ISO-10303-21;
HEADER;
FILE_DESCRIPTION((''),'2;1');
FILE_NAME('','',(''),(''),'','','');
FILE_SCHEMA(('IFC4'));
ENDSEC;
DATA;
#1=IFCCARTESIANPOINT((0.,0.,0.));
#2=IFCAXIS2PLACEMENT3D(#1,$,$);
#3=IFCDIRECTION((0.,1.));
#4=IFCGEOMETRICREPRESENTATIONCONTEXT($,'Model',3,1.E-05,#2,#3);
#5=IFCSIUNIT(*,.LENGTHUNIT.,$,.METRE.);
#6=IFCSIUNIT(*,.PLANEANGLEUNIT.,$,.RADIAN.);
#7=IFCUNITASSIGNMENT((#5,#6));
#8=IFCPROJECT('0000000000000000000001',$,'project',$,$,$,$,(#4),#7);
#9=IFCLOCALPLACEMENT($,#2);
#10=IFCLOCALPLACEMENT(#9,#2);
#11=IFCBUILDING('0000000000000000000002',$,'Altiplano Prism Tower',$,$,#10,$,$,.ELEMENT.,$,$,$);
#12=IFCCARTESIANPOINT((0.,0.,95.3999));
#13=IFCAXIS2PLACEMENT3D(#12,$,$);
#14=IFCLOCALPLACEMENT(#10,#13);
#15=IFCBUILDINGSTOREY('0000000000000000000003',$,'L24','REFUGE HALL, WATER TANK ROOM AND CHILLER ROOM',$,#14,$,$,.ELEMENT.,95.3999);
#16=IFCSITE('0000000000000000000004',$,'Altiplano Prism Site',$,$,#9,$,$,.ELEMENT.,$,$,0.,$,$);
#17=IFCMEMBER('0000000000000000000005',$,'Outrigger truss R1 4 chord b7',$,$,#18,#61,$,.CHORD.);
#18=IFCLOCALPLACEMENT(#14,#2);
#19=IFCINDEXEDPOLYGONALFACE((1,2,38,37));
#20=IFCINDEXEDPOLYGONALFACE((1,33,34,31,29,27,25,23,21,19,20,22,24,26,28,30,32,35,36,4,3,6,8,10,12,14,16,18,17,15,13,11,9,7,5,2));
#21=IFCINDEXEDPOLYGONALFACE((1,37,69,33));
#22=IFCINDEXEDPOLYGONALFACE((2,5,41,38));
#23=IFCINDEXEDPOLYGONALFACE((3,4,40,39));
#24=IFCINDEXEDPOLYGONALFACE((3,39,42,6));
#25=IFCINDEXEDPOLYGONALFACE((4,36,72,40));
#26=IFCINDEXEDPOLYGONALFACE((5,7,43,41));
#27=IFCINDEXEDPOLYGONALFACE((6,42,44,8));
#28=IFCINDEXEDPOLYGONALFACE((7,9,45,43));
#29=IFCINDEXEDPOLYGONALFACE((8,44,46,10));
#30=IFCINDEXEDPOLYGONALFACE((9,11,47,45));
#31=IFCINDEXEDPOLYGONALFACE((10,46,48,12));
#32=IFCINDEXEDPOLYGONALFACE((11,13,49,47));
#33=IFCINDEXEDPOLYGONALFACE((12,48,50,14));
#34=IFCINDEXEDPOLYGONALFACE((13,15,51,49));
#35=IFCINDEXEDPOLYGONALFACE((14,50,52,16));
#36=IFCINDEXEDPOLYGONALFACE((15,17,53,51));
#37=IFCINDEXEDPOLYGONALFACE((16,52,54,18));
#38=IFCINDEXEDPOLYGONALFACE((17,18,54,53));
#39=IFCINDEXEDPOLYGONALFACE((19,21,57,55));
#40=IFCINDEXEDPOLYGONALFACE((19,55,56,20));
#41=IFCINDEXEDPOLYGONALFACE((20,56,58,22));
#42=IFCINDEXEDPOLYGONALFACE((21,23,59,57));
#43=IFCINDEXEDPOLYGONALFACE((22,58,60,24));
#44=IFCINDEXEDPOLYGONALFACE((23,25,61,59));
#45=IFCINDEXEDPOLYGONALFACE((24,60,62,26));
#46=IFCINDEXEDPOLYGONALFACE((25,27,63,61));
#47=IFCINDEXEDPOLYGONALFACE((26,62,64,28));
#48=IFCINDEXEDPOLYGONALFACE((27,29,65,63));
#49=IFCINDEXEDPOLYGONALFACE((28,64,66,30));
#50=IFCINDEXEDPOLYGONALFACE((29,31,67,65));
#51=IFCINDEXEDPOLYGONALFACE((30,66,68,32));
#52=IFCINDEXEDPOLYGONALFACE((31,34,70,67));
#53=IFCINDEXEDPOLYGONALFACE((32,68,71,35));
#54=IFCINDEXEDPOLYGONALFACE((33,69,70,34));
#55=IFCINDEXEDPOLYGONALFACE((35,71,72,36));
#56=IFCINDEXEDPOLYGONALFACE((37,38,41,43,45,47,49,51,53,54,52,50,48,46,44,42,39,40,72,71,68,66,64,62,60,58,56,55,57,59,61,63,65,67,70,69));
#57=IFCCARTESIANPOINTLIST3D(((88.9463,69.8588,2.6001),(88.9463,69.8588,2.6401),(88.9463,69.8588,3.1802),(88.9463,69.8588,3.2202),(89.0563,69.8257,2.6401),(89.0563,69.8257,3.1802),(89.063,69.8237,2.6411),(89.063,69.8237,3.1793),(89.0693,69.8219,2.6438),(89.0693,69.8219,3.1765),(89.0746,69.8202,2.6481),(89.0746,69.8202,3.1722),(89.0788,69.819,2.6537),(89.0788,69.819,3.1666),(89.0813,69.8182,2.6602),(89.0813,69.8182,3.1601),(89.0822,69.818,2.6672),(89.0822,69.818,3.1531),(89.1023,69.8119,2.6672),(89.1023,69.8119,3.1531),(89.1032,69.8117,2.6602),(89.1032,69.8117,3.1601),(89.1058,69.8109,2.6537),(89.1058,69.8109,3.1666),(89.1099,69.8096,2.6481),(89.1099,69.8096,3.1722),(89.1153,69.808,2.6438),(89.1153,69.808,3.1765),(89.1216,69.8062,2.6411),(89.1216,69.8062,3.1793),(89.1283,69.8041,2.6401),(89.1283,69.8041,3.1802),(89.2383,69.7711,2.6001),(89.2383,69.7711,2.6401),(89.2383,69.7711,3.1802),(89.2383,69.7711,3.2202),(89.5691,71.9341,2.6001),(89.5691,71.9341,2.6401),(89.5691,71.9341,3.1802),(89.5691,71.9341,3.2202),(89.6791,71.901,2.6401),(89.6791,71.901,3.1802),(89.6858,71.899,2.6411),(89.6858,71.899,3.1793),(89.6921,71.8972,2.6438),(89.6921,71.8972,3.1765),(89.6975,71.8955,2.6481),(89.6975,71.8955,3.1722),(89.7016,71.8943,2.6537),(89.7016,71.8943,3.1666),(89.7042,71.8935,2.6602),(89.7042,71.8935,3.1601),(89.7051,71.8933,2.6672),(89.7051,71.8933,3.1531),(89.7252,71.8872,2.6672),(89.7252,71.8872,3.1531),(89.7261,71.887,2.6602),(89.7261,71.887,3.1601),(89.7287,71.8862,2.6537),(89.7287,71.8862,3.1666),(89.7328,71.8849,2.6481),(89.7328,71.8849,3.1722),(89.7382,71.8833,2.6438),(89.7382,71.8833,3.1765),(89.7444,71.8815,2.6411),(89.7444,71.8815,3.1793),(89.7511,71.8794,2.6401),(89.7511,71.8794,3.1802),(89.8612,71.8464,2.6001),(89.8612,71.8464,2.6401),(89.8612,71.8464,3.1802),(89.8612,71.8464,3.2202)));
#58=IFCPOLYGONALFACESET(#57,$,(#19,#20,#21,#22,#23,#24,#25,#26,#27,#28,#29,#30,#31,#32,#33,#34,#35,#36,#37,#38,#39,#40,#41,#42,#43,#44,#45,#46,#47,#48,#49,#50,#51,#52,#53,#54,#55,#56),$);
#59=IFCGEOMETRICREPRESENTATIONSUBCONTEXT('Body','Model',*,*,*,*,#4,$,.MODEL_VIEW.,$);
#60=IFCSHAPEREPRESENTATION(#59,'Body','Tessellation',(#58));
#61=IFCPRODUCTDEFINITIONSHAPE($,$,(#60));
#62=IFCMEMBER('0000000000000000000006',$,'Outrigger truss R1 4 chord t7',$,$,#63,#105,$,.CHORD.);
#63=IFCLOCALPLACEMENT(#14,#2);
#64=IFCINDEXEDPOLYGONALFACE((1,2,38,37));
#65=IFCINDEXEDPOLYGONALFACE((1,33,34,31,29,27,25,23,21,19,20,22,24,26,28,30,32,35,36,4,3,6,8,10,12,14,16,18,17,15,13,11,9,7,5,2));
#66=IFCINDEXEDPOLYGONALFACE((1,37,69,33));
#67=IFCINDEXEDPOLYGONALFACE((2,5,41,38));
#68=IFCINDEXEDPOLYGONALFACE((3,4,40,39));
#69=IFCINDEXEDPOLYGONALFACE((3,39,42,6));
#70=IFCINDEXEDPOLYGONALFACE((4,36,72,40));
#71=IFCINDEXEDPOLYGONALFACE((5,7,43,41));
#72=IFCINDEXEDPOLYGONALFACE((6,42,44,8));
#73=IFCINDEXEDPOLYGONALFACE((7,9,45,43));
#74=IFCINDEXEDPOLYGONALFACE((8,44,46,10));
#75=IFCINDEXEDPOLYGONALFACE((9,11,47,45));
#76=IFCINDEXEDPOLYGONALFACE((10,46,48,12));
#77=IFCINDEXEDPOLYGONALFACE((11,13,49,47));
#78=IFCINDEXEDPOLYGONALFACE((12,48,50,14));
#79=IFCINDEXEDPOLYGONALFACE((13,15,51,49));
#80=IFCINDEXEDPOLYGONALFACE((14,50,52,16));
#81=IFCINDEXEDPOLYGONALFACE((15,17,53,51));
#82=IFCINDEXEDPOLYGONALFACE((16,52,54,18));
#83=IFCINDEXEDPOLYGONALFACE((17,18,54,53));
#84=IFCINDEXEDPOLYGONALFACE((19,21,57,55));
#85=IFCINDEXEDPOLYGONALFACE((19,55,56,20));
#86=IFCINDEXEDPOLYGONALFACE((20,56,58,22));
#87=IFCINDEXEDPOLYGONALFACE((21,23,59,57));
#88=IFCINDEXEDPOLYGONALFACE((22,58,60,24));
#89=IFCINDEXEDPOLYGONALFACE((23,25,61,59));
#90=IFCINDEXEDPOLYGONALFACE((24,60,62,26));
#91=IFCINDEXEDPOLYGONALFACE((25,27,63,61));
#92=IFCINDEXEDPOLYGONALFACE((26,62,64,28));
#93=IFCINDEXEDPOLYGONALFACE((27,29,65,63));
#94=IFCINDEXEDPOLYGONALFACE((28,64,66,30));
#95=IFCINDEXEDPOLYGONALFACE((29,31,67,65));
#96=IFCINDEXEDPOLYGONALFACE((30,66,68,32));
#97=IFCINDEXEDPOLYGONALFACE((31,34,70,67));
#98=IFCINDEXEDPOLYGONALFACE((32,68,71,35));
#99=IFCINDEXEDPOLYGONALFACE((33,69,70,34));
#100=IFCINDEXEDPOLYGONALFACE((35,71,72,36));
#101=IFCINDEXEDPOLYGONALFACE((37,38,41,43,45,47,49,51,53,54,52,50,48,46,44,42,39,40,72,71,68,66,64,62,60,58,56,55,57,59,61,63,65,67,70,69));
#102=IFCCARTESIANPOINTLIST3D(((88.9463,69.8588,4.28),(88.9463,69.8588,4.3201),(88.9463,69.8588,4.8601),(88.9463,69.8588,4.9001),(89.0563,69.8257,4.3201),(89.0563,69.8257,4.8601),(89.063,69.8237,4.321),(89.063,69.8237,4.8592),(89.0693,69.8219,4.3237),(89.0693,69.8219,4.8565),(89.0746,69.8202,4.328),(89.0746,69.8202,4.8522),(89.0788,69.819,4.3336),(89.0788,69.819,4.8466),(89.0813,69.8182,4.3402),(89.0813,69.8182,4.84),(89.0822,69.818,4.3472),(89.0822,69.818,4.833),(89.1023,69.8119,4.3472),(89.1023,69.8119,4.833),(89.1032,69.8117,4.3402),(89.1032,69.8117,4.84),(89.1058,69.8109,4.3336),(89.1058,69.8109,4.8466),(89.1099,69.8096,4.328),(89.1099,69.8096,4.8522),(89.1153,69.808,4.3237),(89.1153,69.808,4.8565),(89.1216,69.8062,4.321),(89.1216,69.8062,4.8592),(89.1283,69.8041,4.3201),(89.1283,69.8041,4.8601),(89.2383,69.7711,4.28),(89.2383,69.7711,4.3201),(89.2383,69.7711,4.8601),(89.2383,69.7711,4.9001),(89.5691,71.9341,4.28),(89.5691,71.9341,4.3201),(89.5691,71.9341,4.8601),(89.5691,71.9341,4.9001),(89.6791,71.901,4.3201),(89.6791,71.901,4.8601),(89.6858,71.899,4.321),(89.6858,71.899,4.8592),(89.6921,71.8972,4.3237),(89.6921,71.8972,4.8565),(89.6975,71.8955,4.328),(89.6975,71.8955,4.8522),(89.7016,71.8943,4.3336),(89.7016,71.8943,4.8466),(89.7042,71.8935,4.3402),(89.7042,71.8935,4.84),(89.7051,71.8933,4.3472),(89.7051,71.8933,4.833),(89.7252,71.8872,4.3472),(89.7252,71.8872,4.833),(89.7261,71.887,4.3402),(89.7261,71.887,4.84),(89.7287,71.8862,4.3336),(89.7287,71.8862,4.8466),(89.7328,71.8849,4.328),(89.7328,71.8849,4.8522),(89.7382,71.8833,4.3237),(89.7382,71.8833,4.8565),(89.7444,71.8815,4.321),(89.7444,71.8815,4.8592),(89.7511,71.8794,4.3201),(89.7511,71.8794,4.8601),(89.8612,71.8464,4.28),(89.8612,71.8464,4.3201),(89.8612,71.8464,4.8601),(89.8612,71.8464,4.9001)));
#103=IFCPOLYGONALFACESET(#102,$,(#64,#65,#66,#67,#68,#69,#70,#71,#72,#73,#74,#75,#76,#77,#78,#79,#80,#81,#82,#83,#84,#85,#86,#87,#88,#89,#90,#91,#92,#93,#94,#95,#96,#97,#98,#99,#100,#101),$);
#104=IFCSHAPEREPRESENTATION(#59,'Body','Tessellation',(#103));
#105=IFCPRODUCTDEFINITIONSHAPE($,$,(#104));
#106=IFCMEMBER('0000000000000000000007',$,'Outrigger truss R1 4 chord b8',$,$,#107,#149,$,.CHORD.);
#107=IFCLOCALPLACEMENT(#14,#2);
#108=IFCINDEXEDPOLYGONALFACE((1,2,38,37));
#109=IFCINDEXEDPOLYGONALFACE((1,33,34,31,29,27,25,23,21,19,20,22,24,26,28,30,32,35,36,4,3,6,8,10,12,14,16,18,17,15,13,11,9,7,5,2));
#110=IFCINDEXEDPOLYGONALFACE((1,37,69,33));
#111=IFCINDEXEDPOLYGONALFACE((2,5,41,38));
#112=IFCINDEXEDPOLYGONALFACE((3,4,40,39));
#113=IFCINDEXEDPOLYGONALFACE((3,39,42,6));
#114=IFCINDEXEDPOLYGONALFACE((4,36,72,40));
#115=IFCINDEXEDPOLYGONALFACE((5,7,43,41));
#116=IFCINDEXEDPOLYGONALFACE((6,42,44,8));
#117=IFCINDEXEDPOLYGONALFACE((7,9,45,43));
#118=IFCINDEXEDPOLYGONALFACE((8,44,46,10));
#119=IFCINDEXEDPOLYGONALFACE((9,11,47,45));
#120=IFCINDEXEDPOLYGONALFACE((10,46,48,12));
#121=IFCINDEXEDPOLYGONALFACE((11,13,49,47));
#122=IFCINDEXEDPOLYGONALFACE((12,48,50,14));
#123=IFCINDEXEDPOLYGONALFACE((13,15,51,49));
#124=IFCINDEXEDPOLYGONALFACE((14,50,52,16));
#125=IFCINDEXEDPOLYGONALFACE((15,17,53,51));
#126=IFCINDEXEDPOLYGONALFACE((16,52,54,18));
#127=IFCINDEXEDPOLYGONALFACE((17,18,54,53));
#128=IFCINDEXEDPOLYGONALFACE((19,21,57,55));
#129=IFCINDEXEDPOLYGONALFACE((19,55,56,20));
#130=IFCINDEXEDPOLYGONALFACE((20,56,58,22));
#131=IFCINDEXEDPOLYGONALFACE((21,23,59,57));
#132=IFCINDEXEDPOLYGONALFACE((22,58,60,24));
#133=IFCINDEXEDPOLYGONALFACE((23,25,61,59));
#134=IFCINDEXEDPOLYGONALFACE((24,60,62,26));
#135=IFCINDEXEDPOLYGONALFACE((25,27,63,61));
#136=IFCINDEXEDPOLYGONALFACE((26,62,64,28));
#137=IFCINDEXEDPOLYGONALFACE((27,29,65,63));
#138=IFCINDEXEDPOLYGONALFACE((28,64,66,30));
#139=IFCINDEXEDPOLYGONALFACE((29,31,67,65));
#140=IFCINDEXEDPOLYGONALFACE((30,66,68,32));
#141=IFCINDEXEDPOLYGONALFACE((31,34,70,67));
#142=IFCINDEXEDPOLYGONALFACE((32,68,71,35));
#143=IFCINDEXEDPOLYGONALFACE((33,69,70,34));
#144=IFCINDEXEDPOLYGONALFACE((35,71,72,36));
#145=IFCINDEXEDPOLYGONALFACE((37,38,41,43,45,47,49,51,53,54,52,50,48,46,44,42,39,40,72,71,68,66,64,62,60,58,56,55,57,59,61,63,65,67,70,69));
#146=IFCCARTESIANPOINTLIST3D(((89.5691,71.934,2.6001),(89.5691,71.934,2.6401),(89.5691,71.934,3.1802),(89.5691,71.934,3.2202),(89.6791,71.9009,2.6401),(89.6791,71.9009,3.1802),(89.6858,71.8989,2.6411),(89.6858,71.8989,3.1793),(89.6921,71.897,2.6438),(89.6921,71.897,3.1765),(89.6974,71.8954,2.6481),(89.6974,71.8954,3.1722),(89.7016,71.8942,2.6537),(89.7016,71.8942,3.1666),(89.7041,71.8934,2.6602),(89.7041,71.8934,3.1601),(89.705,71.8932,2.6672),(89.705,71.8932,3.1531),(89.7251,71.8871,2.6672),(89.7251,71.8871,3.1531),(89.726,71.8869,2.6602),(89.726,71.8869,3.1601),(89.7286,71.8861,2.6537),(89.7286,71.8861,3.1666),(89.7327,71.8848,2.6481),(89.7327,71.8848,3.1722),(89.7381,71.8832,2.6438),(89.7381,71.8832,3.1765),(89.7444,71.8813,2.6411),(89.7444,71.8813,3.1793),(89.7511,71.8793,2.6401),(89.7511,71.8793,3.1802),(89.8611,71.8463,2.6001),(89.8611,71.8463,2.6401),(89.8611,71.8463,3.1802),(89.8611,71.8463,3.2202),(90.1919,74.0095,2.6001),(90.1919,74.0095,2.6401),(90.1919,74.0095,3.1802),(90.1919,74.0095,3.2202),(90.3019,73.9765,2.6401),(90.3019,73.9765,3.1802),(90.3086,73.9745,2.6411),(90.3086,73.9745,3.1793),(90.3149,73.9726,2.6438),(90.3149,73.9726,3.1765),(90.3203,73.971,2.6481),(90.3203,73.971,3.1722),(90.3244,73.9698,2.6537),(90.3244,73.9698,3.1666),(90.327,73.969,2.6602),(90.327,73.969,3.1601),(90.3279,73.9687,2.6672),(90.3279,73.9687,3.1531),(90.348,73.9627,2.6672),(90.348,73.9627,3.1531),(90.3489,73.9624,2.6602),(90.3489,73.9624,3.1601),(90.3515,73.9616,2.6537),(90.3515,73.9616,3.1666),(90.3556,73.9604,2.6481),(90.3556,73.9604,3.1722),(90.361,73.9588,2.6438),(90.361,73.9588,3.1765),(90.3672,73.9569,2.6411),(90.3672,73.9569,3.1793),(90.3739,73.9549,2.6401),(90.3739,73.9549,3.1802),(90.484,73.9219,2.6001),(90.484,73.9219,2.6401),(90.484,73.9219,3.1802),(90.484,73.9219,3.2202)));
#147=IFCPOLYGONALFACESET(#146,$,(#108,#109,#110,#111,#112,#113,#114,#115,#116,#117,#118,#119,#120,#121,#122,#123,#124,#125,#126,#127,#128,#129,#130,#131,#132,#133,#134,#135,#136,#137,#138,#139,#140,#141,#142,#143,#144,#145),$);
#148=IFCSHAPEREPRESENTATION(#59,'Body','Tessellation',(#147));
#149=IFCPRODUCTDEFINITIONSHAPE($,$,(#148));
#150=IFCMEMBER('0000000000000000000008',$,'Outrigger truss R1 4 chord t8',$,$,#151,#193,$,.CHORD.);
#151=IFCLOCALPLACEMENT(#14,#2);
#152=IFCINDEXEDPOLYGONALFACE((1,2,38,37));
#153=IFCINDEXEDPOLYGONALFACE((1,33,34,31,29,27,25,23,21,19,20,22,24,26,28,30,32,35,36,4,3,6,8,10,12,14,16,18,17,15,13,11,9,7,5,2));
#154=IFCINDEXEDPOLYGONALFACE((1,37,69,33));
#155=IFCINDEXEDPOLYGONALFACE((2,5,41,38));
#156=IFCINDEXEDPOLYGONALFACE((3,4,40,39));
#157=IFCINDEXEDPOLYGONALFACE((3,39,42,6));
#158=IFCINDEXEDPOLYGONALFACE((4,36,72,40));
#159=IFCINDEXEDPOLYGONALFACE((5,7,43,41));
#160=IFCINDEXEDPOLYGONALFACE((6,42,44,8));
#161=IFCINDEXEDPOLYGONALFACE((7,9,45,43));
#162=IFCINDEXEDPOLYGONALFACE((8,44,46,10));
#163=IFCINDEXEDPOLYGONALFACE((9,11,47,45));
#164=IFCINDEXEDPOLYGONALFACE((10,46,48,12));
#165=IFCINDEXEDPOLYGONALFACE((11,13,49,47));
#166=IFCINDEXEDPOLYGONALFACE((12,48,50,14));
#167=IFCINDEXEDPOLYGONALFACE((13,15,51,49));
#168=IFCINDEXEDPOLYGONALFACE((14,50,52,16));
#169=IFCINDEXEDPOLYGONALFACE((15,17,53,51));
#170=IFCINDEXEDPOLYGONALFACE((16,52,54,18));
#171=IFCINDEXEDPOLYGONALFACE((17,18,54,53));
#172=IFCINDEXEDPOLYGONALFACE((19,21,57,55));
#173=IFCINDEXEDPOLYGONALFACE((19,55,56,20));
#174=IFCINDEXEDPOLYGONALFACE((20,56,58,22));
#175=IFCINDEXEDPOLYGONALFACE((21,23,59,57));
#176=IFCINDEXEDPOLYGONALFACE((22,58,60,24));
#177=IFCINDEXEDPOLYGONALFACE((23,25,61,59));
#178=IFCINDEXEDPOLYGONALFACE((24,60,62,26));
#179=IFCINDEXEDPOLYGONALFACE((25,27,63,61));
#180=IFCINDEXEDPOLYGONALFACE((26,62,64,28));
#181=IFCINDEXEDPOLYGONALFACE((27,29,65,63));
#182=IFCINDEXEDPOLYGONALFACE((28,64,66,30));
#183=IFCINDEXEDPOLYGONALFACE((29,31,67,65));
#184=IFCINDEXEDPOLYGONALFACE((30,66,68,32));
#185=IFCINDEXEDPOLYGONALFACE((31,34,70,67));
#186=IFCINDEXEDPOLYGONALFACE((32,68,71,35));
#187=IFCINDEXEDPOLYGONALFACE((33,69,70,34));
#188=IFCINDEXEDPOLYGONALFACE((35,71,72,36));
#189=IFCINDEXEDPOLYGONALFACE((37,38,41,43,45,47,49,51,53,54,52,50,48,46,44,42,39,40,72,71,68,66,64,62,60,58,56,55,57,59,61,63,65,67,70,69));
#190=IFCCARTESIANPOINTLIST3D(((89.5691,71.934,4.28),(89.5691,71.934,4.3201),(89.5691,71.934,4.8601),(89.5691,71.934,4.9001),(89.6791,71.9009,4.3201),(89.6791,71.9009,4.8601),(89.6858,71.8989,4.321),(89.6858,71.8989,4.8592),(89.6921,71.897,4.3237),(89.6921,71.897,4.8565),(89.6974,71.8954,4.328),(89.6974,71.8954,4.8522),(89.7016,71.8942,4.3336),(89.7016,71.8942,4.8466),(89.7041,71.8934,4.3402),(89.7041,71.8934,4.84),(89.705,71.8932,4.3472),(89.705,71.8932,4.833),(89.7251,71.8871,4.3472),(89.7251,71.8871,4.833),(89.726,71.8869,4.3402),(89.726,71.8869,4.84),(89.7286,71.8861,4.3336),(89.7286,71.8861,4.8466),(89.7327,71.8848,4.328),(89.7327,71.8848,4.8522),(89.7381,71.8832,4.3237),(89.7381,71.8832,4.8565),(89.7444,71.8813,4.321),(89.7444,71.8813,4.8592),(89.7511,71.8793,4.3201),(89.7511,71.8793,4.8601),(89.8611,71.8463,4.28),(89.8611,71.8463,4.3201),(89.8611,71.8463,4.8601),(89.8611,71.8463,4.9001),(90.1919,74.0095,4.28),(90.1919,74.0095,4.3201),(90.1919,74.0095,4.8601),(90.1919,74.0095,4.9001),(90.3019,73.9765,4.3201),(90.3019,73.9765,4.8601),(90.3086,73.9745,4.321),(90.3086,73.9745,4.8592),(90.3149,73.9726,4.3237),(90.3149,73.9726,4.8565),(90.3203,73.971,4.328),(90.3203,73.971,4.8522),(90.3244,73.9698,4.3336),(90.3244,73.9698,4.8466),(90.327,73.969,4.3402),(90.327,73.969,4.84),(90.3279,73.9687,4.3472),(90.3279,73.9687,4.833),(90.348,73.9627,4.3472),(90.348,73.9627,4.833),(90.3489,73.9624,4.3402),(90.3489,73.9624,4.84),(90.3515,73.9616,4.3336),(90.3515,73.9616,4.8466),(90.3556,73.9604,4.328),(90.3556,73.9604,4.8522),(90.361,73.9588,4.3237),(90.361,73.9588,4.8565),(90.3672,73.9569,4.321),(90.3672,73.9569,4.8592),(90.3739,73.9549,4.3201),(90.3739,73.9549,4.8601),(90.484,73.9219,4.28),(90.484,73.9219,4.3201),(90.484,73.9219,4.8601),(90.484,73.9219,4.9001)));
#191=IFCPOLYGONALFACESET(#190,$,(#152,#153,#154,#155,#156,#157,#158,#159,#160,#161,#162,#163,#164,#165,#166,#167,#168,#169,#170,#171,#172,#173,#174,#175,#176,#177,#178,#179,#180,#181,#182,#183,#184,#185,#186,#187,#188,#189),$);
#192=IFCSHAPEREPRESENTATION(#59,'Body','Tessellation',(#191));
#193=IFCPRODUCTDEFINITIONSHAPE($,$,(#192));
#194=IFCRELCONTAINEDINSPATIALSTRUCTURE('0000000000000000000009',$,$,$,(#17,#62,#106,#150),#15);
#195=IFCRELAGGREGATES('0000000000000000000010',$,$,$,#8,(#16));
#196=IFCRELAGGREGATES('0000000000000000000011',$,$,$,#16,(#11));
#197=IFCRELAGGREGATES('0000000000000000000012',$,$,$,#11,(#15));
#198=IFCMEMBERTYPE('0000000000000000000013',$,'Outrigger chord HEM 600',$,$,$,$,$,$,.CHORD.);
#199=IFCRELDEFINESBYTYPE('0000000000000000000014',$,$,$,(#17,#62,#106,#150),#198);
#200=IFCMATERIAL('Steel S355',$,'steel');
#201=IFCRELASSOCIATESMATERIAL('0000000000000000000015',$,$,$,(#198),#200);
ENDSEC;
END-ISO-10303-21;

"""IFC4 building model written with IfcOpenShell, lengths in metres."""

from ifc_helpers import new_model, si_unit, direction, frame, origin, origin_2d, place, context, subcontext, project, spatial, i_section, extrude, material, material_profile, profile_set, type_object, element, save


model = new_model("IFC4")

# Units and contexts
model_context = context("Model", 3, precision=1e-05, world=origin(), true_north=direction((0.0, 1.0)))
body_context = subcontext(model_context, "Body", "Model", "MODEL_VIEW")
ifc_project = project(units=[si_unit("LENGTHUNIT", "METRE"), si_unit("PLANEANGLEUNIT", "RADIAN")], contexts=[model_context])

# Site, building, storey
site_placement = place(None, origin())
site = spatial("IfcSite", under=ifc_project, at=site_placement, Name="Altiplano Prism Site", CompositionType="ELEMENT", RefElevation=0.0)
building_placement = place(site_placement, origin())
building = spatial("IfcBuilding", under=site, at=building_placement, Name="Altiplano Prism Tower", CompositionType="ELEMENT")
storey_placement = place(building_placement, frame((0.0, 0.0, 95.3999)))
storey = spatial("IfcBuildingStorey", under=building, at=storey_placement, Name="L24", Description="REFUGE HALL, WATER TANK ROOM AND CHILLER ROOM", CompositionType="ELEMENT", Elevation=95.3999)

# Members
ifc_material_1 = material(Name="Steel S355", Category="steel")
ifc_material_profile_1 = material_profile(ifc_material_1, i_section(OverallWidth=0.3049, OverallDepth=0.6201, WebThickness=0.021, FlangeThickness=0.04, FilletRadius=0.0271, at=origin_2d()), Name="Outrigger chord HEM 600")
ifc_profile_set_1 = profile_set([ifc_material_profile_1], Name="Steel S355")
member_type_1 = type_object("IfcMemberType", Name="Outrigger chord HEM 600", PredefinedType="CHORD", material=ifc_profile_set_1)
for number, where, z_axis, x_axis, name in (
    (1, (89.0923, 69.8149, 2.9102), (0.287451, 0.957795, 0.0), (-0.957795, 0.287451, 0.0), "Outrigger truss R1 4 chord b7"),
    (2, (89.0923, 69.8149, 4.5901), (0.287451, 0.957795, 0.0), (-0.957795, 0.287451, 0.0), "Outrigger truss R1 4 chord t7"),
):
    element("IfcMember", number, at=place(storey_placement, frame(where, z_axis=z_axis, x_axis=x_axis)), inside=storey, type_object=member_type_1, Name=name, PredefinedType="CHORD", context=body_context, shape_type="SweptSolid", body=[
        extrude(i_section(OverallWidth=0.3049, OverallDepth=0.6201, WebThickness=0.021, FlangeThickness=0.04, FilletRadius=0.0271, at=origin_2d()), origin(), (0.0, 0.0, 1.0), 2.1667),
    ])
for number, where, z_axis, x_axis, name in (
    (3, (89.7151, 71.8901, 2.9102), (0.28742, 0.957805, 0.0), (-0.957805, 0.28742, 0.0), "Outrigger truss R1 4 chord b8"),
    (4, (89.7151, 71.8901, 4.5901), (0.28742, 0.957805, 0.0), (-0.957805, 0.28742, 0.0), "Outrigger truss R1 4 chord t8"),
):
    element("IfcMember", number, at=place(storey_placement, frame(where, z_axis=z_axis, x_axis=x_axis)), inside=storey, type_object=member_type_1, Name=name, PredefinedType="CHORD", context=body_context, shape_type="SweptSolid", body=[
        extrude(i_section(OverallWidth=0.3049, OverallDepth=0.6201, WebThickness=0.021, FlangeThickness=0.04, FilletRadius=0.0271, at=origin_2d()), origin(), (0.0, 0.0, 1.0), 2.167),
    ])

save(model, "model.ifc")
